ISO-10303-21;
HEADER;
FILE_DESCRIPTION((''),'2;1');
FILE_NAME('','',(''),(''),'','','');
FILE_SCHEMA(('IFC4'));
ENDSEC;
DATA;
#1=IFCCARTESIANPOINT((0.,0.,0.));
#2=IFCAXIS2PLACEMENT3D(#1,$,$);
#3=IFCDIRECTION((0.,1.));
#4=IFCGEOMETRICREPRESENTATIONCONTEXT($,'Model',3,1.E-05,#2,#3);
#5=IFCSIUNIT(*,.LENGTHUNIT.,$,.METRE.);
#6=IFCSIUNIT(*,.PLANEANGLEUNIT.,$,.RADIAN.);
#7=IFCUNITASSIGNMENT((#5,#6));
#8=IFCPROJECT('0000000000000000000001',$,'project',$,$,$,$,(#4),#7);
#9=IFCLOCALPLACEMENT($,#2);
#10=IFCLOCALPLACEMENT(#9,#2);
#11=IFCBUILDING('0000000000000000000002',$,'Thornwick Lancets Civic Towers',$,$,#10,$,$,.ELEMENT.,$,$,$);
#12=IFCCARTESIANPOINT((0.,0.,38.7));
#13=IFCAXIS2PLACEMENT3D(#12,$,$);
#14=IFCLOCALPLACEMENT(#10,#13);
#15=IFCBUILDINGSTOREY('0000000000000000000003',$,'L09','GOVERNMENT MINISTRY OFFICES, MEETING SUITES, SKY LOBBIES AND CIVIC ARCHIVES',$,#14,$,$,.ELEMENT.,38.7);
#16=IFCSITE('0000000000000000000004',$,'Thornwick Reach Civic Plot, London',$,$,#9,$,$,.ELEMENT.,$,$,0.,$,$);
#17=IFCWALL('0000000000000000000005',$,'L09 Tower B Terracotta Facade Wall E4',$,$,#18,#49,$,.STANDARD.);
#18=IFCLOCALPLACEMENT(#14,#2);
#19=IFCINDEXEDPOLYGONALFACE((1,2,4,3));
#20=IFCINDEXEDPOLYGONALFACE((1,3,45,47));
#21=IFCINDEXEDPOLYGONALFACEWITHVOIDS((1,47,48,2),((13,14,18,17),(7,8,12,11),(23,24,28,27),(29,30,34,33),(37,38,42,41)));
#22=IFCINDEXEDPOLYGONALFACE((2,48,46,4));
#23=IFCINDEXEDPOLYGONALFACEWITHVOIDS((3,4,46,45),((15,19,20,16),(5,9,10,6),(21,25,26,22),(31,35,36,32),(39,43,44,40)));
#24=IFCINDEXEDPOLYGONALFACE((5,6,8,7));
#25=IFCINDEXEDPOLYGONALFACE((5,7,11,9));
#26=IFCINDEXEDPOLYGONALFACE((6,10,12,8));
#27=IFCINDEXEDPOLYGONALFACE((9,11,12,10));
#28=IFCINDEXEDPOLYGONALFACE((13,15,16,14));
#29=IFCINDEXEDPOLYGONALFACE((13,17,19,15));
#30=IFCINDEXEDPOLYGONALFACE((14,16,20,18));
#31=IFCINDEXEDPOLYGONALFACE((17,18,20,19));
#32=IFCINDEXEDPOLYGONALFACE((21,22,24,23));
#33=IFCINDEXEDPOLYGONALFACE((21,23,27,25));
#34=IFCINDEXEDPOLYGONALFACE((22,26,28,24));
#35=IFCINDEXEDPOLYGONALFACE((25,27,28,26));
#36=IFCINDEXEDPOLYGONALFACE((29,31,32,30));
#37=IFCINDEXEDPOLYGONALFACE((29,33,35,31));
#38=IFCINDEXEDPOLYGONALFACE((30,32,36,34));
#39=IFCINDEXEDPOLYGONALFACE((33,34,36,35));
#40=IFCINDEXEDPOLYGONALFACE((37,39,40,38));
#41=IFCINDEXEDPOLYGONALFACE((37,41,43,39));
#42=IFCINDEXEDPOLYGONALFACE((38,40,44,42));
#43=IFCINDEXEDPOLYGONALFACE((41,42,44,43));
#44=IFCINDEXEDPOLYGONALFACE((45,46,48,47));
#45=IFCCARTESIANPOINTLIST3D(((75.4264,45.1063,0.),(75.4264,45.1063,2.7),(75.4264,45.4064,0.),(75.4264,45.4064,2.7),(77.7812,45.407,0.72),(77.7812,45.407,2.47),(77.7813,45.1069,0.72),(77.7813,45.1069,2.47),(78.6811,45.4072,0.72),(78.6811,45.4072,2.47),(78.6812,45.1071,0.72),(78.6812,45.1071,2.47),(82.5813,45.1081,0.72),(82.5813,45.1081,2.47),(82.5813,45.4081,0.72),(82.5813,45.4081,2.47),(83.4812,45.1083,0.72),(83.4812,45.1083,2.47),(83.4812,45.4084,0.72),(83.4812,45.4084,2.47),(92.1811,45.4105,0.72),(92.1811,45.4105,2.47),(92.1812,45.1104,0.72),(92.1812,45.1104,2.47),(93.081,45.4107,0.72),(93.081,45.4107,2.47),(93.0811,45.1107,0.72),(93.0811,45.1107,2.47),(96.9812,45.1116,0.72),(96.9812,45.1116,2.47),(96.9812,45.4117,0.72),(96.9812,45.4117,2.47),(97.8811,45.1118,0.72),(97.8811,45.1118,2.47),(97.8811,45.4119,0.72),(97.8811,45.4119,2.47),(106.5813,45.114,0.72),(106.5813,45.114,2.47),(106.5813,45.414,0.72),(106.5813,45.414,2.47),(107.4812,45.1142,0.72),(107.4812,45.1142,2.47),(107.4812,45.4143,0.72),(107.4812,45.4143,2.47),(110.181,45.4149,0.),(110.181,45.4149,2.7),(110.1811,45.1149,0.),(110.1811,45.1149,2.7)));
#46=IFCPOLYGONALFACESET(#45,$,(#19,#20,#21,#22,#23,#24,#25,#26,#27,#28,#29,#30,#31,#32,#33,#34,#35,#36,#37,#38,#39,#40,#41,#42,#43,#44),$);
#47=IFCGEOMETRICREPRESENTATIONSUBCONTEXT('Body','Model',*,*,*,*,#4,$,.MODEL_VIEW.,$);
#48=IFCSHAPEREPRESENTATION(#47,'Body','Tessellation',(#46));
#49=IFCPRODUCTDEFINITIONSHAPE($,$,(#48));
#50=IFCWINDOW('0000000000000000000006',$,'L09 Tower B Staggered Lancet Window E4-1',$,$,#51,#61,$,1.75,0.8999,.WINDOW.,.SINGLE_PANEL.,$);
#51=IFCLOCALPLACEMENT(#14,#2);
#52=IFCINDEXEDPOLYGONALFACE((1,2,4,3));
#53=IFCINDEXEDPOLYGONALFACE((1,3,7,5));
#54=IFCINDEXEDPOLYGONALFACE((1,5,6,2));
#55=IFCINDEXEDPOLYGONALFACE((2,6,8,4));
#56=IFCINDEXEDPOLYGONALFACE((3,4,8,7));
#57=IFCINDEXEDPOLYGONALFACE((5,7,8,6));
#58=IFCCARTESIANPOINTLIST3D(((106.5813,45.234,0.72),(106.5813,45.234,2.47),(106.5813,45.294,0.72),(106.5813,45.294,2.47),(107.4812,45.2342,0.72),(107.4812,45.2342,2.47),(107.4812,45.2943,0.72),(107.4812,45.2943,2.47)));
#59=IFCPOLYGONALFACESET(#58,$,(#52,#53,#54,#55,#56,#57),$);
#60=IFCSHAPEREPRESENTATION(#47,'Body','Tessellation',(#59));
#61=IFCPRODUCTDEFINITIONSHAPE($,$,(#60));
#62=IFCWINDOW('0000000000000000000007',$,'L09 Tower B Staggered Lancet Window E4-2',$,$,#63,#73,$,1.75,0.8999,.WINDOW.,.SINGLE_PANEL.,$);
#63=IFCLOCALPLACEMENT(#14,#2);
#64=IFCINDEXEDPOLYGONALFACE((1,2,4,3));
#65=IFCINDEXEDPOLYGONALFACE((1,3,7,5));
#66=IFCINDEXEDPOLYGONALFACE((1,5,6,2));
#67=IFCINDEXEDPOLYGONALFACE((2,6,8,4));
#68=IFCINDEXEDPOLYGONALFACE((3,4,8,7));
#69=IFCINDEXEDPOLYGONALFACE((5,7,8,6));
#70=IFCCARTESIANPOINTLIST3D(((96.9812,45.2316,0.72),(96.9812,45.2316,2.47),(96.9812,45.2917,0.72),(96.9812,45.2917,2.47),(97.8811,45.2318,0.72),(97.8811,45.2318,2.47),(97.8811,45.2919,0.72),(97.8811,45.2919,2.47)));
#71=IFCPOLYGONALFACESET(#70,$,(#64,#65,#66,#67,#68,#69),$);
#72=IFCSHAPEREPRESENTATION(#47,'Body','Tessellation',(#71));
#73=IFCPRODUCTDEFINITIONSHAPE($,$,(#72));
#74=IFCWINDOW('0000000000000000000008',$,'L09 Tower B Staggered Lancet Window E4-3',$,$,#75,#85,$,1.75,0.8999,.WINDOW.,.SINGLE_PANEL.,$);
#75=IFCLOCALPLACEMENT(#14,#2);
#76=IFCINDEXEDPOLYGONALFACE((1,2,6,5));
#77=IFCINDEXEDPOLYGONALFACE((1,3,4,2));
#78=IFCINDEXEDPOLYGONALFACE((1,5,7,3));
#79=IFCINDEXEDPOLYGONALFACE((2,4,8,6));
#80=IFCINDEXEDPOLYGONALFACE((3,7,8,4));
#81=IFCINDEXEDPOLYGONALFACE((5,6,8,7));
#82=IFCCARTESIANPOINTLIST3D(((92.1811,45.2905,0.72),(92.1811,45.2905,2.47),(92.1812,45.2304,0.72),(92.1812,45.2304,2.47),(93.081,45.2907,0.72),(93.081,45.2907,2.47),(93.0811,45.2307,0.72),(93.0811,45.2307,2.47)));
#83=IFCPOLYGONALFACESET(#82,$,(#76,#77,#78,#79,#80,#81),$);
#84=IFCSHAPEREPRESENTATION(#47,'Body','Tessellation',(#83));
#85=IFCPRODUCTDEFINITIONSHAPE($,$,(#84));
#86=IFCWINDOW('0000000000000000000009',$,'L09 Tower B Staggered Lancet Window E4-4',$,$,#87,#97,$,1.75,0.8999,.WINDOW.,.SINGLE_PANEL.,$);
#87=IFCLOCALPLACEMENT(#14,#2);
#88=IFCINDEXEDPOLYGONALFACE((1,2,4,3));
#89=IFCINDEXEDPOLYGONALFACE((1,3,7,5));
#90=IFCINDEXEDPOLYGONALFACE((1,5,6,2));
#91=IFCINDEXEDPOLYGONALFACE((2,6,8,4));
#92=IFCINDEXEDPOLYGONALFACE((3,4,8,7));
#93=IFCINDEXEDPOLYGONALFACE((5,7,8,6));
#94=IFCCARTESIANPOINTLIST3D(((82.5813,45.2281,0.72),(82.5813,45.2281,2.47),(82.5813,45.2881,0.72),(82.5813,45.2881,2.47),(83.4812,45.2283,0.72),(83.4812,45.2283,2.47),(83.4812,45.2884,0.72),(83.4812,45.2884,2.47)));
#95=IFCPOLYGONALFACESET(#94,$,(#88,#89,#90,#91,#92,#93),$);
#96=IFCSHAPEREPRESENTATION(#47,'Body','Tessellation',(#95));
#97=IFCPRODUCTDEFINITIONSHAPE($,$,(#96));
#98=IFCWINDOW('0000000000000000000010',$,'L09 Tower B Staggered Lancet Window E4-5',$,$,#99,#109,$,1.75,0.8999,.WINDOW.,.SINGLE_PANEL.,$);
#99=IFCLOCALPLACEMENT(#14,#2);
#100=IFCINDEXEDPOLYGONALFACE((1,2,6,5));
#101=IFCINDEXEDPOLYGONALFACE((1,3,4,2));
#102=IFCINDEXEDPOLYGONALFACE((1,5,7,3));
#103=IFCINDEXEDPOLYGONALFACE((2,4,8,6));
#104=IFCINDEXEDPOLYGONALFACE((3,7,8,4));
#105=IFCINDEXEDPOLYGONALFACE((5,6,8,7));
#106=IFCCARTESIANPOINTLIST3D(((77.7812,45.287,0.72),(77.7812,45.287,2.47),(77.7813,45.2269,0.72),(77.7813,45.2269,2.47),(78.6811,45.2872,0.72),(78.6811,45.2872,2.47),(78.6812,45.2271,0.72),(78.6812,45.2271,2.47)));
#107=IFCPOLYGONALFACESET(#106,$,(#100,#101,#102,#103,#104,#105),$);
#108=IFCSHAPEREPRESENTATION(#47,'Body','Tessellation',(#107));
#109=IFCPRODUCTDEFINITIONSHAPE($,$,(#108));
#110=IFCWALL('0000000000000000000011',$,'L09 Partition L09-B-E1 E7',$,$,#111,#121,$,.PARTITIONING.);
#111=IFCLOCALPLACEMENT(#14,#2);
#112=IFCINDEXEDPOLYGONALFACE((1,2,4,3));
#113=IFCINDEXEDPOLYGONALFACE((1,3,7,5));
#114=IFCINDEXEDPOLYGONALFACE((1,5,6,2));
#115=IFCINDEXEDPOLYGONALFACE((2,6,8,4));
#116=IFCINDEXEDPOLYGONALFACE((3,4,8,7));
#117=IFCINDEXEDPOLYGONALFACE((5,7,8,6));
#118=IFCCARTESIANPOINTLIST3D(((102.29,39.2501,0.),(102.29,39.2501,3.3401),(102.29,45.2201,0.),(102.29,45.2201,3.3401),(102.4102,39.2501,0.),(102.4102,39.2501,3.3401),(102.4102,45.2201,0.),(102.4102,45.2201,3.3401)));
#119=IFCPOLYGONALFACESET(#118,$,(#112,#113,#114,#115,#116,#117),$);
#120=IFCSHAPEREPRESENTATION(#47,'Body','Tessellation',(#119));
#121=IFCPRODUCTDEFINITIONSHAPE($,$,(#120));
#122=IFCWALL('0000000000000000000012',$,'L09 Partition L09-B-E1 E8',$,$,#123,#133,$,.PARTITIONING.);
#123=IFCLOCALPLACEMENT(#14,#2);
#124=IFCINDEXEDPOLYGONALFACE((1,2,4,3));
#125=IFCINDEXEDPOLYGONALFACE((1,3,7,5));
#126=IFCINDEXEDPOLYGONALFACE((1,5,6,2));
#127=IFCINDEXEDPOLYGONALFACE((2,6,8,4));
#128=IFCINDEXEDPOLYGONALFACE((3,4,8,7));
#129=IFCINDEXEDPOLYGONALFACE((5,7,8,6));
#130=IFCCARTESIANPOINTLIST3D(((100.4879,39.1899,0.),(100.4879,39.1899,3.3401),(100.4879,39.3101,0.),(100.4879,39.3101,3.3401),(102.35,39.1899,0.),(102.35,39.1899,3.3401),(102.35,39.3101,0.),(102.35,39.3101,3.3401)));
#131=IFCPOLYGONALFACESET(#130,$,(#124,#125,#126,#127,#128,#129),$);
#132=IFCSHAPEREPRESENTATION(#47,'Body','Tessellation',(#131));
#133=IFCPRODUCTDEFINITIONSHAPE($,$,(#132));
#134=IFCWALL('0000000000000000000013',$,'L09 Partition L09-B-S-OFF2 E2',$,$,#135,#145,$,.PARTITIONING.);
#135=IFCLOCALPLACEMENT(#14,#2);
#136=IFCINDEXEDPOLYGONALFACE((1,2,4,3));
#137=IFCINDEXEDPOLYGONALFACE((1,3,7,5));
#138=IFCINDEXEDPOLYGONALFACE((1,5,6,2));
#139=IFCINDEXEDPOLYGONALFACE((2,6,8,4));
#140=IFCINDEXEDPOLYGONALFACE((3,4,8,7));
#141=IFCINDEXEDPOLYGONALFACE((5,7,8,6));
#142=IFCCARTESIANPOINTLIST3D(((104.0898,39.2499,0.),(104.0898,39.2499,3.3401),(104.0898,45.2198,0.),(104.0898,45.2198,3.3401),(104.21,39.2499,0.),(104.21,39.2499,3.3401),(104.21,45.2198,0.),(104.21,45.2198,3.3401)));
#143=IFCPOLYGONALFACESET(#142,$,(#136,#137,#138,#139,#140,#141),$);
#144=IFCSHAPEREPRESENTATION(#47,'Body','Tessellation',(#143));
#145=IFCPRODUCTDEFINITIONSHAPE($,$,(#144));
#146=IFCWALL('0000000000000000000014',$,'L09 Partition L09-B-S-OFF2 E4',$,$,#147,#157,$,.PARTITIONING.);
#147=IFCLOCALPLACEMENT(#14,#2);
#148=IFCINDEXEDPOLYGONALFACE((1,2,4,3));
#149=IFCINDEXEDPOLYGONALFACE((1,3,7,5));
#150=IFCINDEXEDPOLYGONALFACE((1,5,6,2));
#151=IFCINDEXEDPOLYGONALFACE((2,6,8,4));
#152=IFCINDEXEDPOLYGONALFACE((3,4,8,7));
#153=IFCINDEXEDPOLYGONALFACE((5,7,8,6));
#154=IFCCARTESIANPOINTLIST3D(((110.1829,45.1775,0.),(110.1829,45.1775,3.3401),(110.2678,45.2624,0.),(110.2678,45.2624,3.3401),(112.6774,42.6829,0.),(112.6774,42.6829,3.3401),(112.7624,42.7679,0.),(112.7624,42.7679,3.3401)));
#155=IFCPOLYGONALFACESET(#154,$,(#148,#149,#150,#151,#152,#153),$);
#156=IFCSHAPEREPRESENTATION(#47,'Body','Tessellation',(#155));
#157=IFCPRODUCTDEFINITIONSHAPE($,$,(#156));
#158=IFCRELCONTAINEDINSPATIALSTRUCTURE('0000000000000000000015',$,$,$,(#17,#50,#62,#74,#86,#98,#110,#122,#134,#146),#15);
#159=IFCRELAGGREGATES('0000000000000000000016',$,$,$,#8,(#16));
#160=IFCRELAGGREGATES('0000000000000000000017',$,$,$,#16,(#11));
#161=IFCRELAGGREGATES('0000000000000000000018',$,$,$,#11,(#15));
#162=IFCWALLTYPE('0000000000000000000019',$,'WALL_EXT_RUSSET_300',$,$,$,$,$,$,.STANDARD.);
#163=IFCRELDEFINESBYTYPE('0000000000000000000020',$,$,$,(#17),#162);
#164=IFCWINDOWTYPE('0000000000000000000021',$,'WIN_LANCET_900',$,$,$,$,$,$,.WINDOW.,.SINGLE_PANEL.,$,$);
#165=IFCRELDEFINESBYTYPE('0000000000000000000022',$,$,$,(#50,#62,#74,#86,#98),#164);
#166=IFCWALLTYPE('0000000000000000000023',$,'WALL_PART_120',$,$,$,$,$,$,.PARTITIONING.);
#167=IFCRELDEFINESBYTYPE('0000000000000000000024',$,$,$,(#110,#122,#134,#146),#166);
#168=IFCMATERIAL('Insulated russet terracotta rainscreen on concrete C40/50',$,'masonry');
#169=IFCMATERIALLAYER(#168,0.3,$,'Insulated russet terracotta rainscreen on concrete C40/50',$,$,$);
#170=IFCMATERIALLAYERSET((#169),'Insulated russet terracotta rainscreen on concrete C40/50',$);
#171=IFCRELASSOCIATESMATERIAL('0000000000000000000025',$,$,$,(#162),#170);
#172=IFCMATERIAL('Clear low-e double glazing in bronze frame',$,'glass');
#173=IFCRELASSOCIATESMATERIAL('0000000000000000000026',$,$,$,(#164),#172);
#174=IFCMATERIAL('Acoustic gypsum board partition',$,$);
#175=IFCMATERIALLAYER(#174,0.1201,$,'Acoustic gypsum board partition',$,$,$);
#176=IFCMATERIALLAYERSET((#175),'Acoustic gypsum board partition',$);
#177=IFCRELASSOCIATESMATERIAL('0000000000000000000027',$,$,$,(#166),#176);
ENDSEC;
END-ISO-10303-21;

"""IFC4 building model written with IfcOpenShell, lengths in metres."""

from ifc_helpers import new_model, si_unit, direction, frame, frame_2d, origin, place, context, subcontext, project, spatial, rectangle, extrude, material, layer, layer_set, type_object, element, fill, save


model = new_model("IFC4")

# Units and contexts
model_context = context("Model", 3, precision=1e-05, world=origin(), true_north=direction((0.0, 1.0)))
body_context = subcontext(model_context, "Body", "Model", "MODEL_VIEW")
ifc_project = project(units=[si_unit("LENGTHUNIT", "METRE"), si_unit("PLANEANGLEUNIT", "RADIAN")], contexts=[model_context])

# Site, building, storey
site_placement = place(None, origin())
site = spatial("IfcSite", under=ifc_project, at=site_placement, Name="Thornwick Reach Civic Plot, London", CompositionType="ELEMENT", RefElevation=0.0)
building_placement = place(site_placement, origin())
building = spatial("IfcBuilding", under=site, at=building_placement, Name="Thornwick Lancets Civic Towers", CompositionType="ELEMENT")
storey_placement = place(building_placement, frame((0.0, 0.0, 38.7)))
storey = spatial("IfcBuildingStorey", under=building, at=storey_placement, Name="L09", Description="GOVERNMENT MINISTRY OFFICES, MEETING SUITES, SKY LOBBIES AND CIVIC ARCHIVES", CompositionType="ELEMENT", Elevation=38.7)

# Wall, openings, windows
ifc_material_1 = material(Name="Insulated russet terracotta rainscreen on concrete C40/50", Category="masonry")
ifc_layer_1 = layer(ifc_material_1, 0.3, Name="Insulated russet terracotta rainscreen on concrete C40/50")
ifc_layer_set_1 = layer_set([ifc_layer_1], Name="Insulated russet terracotta rainscreen on concrete C40/50")
wall_type_1 = type_object("IfcWallType", Name="WALL_EXT_RUSSET_300", PredefinedType="STANDARD", material=ifc_layer_set_1)
wall_1_placement = place(storey_placement, frame((110.1812, 45.2649, 0.0), z_axis=(0.0, 0.0, 1.0), x_axis=(-1.0, -0.000246, 0.0)))
wall_1 = element("IfcWall", 1, at=wall_1_placement, inside=storey, type_object=wall_type_1, Name="L09 Tower B Terracotta Facade Wall E4", PredefinedType="STANDARD", context=body_context, shape_type="SweptSolid", body=[
    extrude(rectangle(XDim=34.7546, YDim=0.3, at=frame_2d((17.3774, 0.0))), origin(), (0.0, 0.0, 1.0), 2.7),
])
opening_1_placement = place(wall_1_placement, frame((2.7, 0.0, 0.72)))
opening_1 = element("IfcOpeningElement", 2, at=opening_1_placement, cuts=wall_1, PredefinedType="OPENING", context=body_context, shape_type="SweptSolid", body=[
    extrude(rectangle(XDim=0.8999, YDim=1.75, at=frame_2d((0.45, 0.875))), frame((0.0, 0.1602, 0.0), z_axis=(0.0, -1.0, 0.0), x_axis=(1.0, 0.0, 0.0)), (0.0, 0.0, 1.0), 0.3201),
])
opening_2_placement = place(wall_1_placement, frame((12.3, 0.0, 0.72)))
opening_2 = element("IfcOpeningElement", 3, at=opening_2_placement, cuts=wall_1, PredefinedType="OPENING", context=body_context, shape_type="SweptSolid", body=[
    extrude(rectangle(XDim=0.8999, YDim=1.75, at=frame_2d((0.45, 0.875))), frame((0.0, 0.1602, 0.0), z_axis=(0.0, -1.0, 0.0), x_axis=(1.0, 0.0, 0.0)), (0.0, 0.0, 1.0), 0.3201),
])
opening_3_placement = place(wall_1_placement, frame((17.1001, 0.0, 0.72)))
opening_3 = element("IfcOpeningElement", 4, at=opening_3_placement, cuts=wall_1, PredefinedType="OPENING", context=body_context, shape_type="SweptSolid", body=[
    extrude(rectangle(XDim=0.8999, YDim=1.75, at=frame_2d((0.45, 0.875))), frame((0.0, 0.1602, 0.0), z_axis=(0.0, -1.0, 0.0), x_axis=(1.0, 0.0, 0.0)), (0.0, 0.0, 1.0), 0.3201),
])
opening_4_placement = place(wall_1_placement, frame((26.7, 0.0, 0.72)))
opening_4 = element("IfcOpeningElement", 5, at=opening_4_placement, cuts=wall_1, PredefinedType="OPENING", context=body_context, shape_type="SweptSolid", body=[
    extrude(rectangle(XDim=0.8999, YDim=1.75, at=frame_2d((0.45, 0.875))), frame((0.0, 0.1602, 0.0), z_axis=(0.0, -1.0, 0.0), x_axis=(1.0, 0.0, 0.0)), (0.0, 0.0, 1.0), 0.3201),
])
opening_5_placement = place(wall_1_placement, frame((31.5, 0.0, 0.72)))
opening_5 = element("IfcOpeningElement", 6, at=opening_5_placement, cuts=wall_1, PredefinedType="OPENING", context=body_context, shape_type="SweptSolid", body=[
    extrude(rectangle(XDim=0.8999, YDim=1.75, at=frame_2d((0.45, 0.875))), frame((0.0, 0.1602, 0.0), z_axis=(0.0, -1.0, 0.0), x_axis=(1.0, 0.0, 0.0)), (0.0, 0.0, 1.0), 0.3201),
])
ifc_material_2 = material(Name="Clear low-e double glazing in bronze frame", Category="glass")
window_type = type_object("IfcWindowType", Name="WIN_LANCET_900", PartitioningType="SINGLE_PANEL", PredefinedType="WINDOW", material=ifc_material_2)
window_1_placement = place(opening_1_placement, origin())
window_1 = element("IfcWindow", 7, at=window_1_placement, inside=storey, type_object=window_type, Name="L09 Tower B Staggered Lancet Window E4-1", OverallHeight=1.75, OverallWidth=0.8999, PartitioningType="SINGLE_PANEL", PredefinedType="WINDOW", context=body_context, shape_type="SweptSolid", body=[
    extrude(rectangle(XDim=0.8999, YDim=1.75, at=frame_2d((0.45, 0.875))), frame((0.0, 0.03, 0.0), z_axis=(0.0, -1.0, 0.0), x_axis=(1.0, 0.0, 0.0)), (0.0, 0.0, 1.0), 0.0601),
])
fill(opening_1, window_1)
window_2_placement = place(opening_2_placement, origin())
window_2 = element("IfcWindow", 8, at=window_2_placement, inside=storey, type_object=window_type, Name="L09 Tower B Staggered Lancet Window E4-2", OverallHeight=1.75, OverallWidth=0.8999, PartitioningType="SINGLE_PANEL", PredefinedType="WINDOW", context=body_context, shape_type="SweptSolid", body=[
    extrude(rectangle(XDim=0.8999, YDim=1.75, at=frame_2d((0.45, 0.875))), frame((0.0, 0.03, 0.0), z_axis=(0.0, -1.0, 0.0), x_axis=(1.0, 0.0, 0.0)), (0.0, 0.0, 1.0), 0.0601),
])
fill(opening_2, window_2)
window_3_placement = place(opening_3_placement, origin())
window_3 = element("IfcWindow", 9, at=window_3_placement, inside=storey, type_object=window_type, Name="L09 Tower B Staggered Lancet Window E4-3", OverallHeight=1.75, OverallWidth=0.8999, PartitioningType="SINGLE_PANEL", PredefinedType="WINDOW", context=body_context, shape_type="SweptSolid", body=[
    extrude(rectangle(XDim=0.8999, YDim=1.75, at=frame_2d((0.45, 0.875))), frame((0.0, 0.03, 0.0), z_axis=(0.0, -1.0, 0.0), x_axis=(1.0, 0.0, 0.0)), (0.0, 0.0, 1.0), 0.0601),
])
fill(opening_3, window_3)
window_4_placement = place(opening_4_placement, origin())
window_4 = element("IfcWindow", 10, at=window_4_placement, inside=storey, type_object=window_type, Name="L09 Tower B Staggered Lancet Window E4-4", OverallHeight=1.75, OverallWidth=0.8999, PartitioningType="SINGLE_PANEL", PredefinedType="WINDOW", context=body_context, shape_type="SweptSolid", body=[
    extrude(rectangle(XDim=0.8999, YDim=1.75, at=frame_2d((0.45, 0.875))), frame((0.0, 0.03, 0.0), z_axis=(0.0, -1.0, 0.0), x_axis=(1.0, 0.0, 0.0)), (0.0, 0.0, 1.0), 0.0601),
])
fill(opening_4, window_4)
window_5_placement = place(opening_5_placement, origin())
window_5 = element("IfcWindow", 11, at=window_5_placement, inside=storey, type_object=window_type, Name="L09 Tower B Staggered Lancet Window E4-5", OverallHeight=1.75, OverallWidth=0.8999, PartitioningType="SINGLE_PANEL", PredefinedType="WINDOW", context=body_context, shape_type="SweptSolid", body=[
    extrude(rectangle(XDim=0.8999, YDim=1.75, at=frame_2d((0.45, 0.875))), frame((0.0, 0.03, 0.0), z_axis=(0.0, -1.0, 0.0), x_axis=(1.0, 0.0, 0.0)), (0.0, 0.0, 1.0), 0.0601),
])
fill(opening_5, window_5)

# Walls
ifc_material_3 = material(Name="Acoustic gypsum board partition")
ifc_layer_2 = layer(ifc_material_3, 0.1201, Name="Acoustic gypsum board partition")
ifc_layer_set_2 = layer_set([ifc_layer_2], Name="Acoustic gypsum board partition")
wall_type_2 = type_object("IfcWallType", Name="WALL_PART_120", PredefinedType="PARTITIONING", material=ifc_layer_set_2)
wall_2_placement = place(storey_placement, frame((102.3501, 45.22, 0.0), z_axis=(0.0, 0.0, 1.0), x_axis=(0.0, -1.0, 0.0)))
element("IfcWall", 12, at=wall_2_placement, inside=storey, type_object=wall_type_2, Name="L09 Partition L09-B-E1 E7", PredefinedType="PARTITIONING", context=body_context, shape_type="SweptSolid", body=[
    extrude(rectangle(XDim=5.97, YDim=0.1201, at=frame_2d((2.9849, 0.0))), origin(), (0.0, 0.0, 1.0), 3.3401),
])
wall_3_placement = place(storey_placement, frame((102.3501, 39.25, 0.0), z_axis=(0.0, 0.0, 1.0), x_axis=(-1.0, 0.0, 0.0)))
element("IfcWall", 13, at=wall_3_placement, inside=storey, type_object=wall_type_2, Name="L09 Partition L09-B-E1 E8", PredefinedType="PARTITIONING", context=body_context, shape_type="SweptSolid", body=[
    extrude(rectangle(XDim=1.8621, YDim=0.1201, at=frame_2d((0.9312, 0.0))), origin(), (0.0, 0.0, 1.0), 3.3401),
])
wall_4_placement = place(storey_placement, frame((104.1499, 39.25, 0.0), z_axis=(0.0, 0.0, 1.0), x_axis=(0.0, 1.0, 0.0)))
element("IfcWall", 14, at=wall_4_placement, inside=storey, type_object=wall_type_2, Name="L09 Partition L09-B-S-OFF2 E2", PredefinedType="PARTITIONING", context=body_context, shape_type="SweptSolid", body=[
    extrude(rectangle(XDim=5.97, YDim=0.1201, at=frame_2d((2.9849, 0.0))), origin(), (0.0, 0.0, 1.0), 3.3401),
])
wall_5_placement = place(storey_placement, frame((110.2253, 45.22, 0.0), z_axis=(0.0, 0.0, 1.0), x_axis=(0.707107, -0.707107, 0.0)))
element("IfcWall", 15, at=wall_5_placement, inside=storey, type_object=wall_type_2, Name="L09 Partition L09-B-S-OFF2 E4", PredefinedType="PARTITIONING", context=body_context, shape_type="SweptSolid", body=[
    extrude(rectangle(XDim=3.5278, YDim=0.1201, at=frame_2d((1.7639, 0.0))), origin(), (0.0, 0.0, 1.0), 3.3401),
])

save(model, "model.ifc")
